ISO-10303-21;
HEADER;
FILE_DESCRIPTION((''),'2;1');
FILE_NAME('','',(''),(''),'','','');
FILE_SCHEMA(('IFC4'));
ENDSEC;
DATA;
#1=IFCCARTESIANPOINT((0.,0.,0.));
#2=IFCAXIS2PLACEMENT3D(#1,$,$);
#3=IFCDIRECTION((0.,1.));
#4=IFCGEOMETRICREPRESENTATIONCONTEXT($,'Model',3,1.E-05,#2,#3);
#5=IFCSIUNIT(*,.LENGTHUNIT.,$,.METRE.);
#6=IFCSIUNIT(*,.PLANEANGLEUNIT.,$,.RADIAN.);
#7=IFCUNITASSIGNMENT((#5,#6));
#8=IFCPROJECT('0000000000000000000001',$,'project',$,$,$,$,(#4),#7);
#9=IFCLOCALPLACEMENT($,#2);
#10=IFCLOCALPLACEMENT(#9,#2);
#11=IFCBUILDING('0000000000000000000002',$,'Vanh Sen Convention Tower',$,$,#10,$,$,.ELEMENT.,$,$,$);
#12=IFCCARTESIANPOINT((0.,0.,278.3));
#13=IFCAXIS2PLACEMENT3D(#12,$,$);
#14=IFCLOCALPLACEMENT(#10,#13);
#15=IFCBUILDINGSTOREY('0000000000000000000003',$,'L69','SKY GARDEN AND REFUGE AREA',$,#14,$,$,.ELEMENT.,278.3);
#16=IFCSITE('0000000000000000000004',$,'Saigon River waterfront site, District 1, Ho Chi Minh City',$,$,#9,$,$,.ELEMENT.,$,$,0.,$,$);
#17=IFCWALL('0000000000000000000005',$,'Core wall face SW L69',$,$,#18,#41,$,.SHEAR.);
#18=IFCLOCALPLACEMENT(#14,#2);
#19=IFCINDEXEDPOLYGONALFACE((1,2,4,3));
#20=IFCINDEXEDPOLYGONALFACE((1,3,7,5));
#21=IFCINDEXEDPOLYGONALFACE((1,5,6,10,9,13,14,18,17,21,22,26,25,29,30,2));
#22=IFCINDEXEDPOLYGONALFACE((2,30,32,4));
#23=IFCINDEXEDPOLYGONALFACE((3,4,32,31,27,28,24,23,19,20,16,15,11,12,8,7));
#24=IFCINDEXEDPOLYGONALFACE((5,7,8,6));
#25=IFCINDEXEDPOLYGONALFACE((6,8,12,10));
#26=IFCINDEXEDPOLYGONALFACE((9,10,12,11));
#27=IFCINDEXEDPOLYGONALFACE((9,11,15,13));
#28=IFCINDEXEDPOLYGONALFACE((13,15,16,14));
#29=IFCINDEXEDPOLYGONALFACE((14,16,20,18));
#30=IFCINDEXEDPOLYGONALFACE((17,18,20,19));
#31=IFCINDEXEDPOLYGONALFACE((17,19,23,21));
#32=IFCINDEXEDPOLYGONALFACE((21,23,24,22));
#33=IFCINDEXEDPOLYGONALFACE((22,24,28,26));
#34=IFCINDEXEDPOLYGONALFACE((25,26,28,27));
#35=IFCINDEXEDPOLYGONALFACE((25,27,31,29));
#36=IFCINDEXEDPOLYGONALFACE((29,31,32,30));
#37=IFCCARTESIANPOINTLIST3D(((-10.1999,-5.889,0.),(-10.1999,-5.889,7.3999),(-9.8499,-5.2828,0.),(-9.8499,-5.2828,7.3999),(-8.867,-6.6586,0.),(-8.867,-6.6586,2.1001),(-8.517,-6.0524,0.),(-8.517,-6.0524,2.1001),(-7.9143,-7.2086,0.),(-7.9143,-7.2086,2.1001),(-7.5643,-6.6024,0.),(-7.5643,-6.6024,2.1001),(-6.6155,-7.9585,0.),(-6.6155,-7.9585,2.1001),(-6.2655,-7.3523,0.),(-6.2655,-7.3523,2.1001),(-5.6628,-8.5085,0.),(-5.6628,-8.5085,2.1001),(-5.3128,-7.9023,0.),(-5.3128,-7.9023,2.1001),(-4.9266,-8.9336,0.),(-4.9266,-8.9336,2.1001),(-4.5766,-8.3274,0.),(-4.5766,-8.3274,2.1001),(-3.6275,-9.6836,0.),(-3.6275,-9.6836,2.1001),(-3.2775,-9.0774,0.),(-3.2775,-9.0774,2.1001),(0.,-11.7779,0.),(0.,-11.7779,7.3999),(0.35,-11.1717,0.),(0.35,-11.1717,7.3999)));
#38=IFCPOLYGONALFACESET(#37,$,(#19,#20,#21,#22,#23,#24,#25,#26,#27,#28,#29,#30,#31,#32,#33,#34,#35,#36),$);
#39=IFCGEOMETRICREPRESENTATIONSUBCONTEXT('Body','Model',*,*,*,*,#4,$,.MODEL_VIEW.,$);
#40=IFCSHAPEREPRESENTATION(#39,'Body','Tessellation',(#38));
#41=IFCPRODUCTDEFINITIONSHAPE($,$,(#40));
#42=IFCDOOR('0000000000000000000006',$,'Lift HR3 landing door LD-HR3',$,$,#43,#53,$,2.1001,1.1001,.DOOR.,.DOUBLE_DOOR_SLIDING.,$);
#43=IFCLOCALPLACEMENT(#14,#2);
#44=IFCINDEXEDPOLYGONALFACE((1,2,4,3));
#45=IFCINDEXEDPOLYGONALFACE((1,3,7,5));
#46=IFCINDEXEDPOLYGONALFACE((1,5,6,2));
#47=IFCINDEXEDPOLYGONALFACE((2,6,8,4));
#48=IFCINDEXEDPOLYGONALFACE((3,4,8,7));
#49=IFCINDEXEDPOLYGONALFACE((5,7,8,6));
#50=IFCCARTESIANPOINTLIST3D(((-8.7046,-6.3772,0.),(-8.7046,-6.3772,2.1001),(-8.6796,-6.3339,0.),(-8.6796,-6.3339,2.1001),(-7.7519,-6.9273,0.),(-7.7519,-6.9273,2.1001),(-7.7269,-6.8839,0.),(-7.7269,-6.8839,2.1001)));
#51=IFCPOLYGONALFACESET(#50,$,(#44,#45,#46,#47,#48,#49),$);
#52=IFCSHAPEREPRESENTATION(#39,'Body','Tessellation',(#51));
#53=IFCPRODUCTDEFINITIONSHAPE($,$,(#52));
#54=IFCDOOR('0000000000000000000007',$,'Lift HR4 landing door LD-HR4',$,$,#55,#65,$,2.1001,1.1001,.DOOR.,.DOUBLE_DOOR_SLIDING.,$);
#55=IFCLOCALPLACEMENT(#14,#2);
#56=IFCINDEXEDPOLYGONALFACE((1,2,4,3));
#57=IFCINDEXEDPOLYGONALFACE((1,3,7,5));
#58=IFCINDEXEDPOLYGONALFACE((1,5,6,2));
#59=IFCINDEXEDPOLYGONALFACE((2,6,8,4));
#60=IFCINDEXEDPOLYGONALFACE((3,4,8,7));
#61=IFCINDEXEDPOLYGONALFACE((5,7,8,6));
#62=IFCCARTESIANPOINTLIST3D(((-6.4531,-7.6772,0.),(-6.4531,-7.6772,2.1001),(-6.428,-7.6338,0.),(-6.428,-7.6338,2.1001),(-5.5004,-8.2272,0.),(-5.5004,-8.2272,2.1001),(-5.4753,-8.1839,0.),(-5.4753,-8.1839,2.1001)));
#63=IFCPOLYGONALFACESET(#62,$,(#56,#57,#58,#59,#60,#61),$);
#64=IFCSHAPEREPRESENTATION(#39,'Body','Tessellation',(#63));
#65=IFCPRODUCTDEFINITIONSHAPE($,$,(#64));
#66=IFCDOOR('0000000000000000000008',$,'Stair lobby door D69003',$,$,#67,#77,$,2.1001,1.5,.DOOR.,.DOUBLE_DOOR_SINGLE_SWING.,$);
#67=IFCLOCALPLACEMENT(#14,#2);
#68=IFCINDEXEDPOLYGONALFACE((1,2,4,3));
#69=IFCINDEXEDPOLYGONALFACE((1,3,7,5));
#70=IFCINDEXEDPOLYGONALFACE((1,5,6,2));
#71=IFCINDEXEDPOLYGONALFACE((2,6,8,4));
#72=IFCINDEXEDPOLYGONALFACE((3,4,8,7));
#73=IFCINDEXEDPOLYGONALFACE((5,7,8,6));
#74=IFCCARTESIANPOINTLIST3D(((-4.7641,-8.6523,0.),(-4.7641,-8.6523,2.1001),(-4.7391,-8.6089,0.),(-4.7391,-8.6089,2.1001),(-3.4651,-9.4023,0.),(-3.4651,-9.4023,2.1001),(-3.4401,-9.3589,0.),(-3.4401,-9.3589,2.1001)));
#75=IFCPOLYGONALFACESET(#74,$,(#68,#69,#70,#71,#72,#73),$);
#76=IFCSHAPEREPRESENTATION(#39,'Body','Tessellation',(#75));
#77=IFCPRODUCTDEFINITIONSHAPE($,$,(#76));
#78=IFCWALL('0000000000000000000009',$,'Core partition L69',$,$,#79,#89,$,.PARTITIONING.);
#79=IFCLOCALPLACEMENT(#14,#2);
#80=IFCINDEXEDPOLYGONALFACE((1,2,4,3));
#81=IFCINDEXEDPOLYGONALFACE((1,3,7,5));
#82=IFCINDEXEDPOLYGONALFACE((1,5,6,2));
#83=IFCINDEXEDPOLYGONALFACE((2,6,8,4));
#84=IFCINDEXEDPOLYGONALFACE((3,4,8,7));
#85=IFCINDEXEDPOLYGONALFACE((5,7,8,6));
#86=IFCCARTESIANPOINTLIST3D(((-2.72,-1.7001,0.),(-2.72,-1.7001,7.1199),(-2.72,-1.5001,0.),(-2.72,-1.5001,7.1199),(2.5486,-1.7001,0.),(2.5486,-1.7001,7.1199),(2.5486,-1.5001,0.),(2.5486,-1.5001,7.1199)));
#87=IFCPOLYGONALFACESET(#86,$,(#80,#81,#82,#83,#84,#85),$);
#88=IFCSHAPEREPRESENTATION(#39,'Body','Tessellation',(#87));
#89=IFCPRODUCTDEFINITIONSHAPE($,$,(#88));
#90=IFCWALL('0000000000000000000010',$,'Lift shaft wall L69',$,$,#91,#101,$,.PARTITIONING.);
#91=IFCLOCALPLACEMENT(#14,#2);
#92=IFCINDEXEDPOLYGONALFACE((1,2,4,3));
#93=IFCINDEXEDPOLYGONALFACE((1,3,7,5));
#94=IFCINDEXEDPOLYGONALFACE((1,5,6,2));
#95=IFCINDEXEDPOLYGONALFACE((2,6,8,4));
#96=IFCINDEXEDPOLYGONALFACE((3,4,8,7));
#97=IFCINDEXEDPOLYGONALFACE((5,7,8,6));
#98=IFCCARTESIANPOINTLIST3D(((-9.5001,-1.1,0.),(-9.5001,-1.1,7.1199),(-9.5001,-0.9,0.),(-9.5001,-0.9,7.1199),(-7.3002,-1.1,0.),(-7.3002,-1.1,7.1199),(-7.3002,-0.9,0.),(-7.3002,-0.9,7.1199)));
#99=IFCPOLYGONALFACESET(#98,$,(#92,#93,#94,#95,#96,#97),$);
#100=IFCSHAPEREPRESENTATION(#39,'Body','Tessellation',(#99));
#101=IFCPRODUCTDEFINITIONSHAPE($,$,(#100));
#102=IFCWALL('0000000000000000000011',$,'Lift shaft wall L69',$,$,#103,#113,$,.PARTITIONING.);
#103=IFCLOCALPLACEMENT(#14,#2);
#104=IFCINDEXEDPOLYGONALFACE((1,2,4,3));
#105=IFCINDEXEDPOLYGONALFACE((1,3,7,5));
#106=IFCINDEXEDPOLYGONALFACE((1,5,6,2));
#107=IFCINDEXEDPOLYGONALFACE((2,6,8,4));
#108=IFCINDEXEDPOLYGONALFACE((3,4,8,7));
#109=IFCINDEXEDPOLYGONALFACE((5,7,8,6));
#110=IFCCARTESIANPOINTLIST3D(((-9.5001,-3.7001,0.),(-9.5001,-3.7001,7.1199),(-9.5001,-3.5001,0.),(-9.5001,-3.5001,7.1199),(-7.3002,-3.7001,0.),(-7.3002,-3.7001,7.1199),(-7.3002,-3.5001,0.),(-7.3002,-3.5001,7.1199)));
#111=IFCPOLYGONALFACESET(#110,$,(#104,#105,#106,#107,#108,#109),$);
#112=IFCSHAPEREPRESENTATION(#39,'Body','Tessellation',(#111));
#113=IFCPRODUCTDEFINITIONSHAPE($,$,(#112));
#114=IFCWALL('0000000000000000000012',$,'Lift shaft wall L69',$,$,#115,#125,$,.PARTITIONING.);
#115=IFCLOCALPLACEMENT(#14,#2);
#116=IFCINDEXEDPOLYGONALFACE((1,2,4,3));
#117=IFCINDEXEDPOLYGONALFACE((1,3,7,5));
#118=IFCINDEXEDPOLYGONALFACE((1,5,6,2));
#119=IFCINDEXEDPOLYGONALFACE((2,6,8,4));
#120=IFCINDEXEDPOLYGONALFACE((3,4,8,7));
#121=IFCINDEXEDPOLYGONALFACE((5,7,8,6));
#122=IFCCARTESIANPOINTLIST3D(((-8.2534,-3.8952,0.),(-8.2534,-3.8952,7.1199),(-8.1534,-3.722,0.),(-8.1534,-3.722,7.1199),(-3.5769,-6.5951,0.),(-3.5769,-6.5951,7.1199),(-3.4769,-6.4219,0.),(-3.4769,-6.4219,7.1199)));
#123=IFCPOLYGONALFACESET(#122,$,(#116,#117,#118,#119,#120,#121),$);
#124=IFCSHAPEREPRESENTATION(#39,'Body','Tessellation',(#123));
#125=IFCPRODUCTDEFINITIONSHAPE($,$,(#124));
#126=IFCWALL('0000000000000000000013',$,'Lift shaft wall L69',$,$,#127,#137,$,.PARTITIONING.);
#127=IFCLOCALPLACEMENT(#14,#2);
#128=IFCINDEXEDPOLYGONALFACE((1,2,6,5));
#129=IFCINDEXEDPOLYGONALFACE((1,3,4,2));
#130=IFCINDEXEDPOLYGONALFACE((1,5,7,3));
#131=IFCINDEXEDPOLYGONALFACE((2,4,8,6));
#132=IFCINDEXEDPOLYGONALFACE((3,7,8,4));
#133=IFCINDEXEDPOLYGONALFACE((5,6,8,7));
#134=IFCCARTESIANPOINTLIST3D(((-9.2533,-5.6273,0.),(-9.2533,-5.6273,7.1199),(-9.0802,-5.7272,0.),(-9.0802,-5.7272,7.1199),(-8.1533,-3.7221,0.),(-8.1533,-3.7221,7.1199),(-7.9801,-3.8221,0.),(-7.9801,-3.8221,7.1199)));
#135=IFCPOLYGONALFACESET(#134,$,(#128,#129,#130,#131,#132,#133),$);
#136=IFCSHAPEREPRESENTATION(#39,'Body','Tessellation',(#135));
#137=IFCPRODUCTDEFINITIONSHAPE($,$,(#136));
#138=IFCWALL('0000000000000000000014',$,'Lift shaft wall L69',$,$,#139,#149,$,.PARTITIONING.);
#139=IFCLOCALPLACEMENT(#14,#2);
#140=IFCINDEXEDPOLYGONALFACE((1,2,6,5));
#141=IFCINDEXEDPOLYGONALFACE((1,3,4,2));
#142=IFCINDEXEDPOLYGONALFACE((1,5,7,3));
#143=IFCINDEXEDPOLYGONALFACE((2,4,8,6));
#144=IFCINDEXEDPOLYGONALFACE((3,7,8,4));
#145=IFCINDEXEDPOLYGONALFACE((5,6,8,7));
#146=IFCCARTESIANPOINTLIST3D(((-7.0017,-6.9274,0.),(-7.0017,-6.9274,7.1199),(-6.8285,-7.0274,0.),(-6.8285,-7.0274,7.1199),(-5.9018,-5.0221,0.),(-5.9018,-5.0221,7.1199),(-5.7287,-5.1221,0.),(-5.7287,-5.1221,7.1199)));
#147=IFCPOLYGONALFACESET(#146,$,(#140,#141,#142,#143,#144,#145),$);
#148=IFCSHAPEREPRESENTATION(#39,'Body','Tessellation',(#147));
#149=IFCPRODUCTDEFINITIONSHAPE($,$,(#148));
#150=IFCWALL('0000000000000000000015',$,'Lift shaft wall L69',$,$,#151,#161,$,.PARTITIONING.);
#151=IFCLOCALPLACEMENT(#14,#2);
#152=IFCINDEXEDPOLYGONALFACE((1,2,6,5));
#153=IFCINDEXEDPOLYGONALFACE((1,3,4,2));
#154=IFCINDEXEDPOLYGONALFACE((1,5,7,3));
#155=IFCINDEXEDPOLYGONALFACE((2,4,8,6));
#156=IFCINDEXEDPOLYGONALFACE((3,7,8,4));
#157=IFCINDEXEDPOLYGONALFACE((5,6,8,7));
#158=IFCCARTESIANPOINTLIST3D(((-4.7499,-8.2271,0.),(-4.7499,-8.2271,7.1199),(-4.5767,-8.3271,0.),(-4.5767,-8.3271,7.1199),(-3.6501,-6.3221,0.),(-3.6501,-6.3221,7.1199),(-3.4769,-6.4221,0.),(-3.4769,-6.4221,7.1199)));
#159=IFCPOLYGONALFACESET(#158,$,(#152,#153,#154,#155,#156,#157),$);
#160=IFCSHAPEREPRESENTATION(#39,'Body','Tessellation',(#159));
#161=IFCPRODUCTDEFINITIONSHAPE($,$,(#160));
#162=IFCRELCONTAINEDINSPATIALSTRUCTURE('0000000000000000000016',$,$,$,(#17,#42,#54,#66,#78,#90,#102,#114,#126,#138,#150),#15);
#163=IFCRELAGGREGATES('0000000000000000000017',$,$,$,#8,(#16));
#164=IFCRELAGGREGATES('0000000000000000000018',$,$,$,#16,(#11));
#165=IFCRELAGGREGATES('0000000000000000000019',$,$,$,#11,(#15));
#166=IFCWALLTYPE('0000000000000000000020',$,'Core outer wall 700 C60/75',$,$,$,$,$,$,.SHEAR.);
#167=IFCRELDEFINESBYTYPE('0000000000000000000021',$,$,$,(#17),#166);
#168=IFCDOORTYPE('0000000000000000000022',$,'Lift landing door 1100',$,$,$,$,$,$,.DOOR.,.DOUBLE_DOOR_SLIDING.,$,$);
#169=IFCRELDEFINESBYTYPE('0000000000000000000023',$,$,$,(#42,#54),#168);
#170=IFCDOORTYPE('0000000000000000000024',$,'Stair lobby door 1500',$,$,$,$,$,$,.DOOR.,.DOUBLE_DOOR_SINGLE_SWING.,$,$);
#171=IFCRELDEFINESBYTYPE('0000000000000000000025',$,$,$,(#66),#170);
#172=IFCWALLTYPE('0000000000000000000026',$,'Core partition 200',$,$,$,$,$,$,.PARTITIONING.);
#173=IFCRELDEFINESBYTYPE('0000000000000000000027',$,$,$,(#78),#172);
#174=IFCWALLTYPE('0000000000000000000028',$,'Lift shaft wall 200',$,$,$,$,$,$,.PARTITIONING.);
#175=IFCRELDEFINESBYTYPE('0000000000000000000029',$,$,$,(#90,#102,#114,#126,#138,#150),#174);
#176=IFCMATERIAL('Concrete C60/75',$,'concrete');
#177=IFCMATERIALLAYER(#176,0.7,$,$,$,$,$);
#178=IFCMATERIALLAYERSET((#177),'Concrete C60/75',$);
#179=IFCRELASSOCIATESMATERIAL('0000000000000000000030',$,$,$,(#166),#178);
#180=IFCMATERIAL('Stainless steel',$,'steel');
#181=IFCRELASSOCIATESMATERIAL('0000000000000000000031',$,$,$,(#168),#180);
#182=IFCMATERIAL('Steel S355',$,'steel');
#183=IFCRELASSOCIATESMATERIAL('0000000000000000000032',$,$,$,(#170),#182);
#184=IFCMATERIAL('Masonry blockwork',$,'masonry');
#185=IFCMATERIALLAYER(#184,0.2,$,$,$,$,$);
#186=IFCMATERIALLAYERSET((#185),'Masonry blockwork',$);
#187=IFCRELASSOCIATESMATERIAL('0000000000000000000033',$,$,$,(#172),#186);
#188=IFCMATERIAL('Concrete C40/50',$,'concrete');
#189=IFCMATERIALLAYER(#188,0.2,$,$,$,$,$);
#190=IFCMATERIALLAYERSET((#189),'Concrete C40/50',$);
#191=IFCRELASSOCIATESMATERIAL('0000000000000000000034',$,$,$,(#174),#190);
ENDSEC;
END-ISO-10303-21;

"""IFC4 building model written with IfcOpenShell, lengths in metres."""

from ifc_helpers import new_model, si_unit, direction, frame, frame_2d, origin, place, context, subcontext, project, spatial, rectangle, extrude, material, layer, layer_set, type_object, element, fill, save


model = new_model("IFC4")

# Units and contexts
model_context = context("Model", 3, precision=1e-05, world=origin(), true_north=direction((0.0, 1.0)))
body_context = subcontext(model_context, "Body", "Model", "MODEL_VIEW")
ifc_project = project(units=[si_unit("LENGTHUNIT", "METRE"), si_unit("PLANEANGLEUNIT", "RADIAN")], contexts=[model_context])

# Site, building, storey
site_placement = place(None, origin())
site = spatial("IfcSite", under=ifc_project, at=site_placement, Name="Saigon River waterfront site, District 1, Ho Chi Minh City", CompositionType="ELEMENT", RefElevation=0.0)
building_placement = place(site_placement, origin())
building = spatial("IfcBuilding", under=site, at=building_placement, Name="Vanh Sen Convention Tower", CompositionType="ELEMENT")
storey_placement = place(building_placement, frame((0.0, 0.0, 278.3)))
storey = spatial("IfcBuildingStorey", under=building, at=storey_placement, Name="L69", Description="SKY GARDEN AND REFUGE AREA", CompositionType="ELEMENT", Elevation=278.3)

# Shared definitions
ifc_material_1 = material(Name="Concrete C40/50", Category="concrete")

# Wall, openings, doors
ifc_material_2 = material(Name="Concrete C60/75", Category="concrete")
ifc_layer_1 = layer(ifc_material_2, 0.7)
ifc_layer_set_1 = layer_set([ifc_layer_1], Name="Concrete C60/75")
wall_type_1 = type_object("IfcWallType", Name="Core outer wall 700 C60/75", PredefinedType="SHEAR", material=ifc_layer_set_1)
wall_1_placement = place(storey_placement, frame((-10.0249, -5.5859, 0.0), z_axis=(0.0, 0.0, 1.0), x_axis=(0.866026, -0.499998, 0.0)))
wall_1 = element("IfcWall", 1, at=wall_1_placement, inside=storey, type_object=wall_type_1, Name="Core wall face SW L69", PredefinedType="SHEAR", context=body_context, shape_type="SweptSolid", body=[
    extrude(rectangle(XDim=11.7778, YDim=0.7, at=frame_2d((5.8889, 0.0))), origin(), (0.0, 0.0, 1.0), 7.3999),
])
opening_1_placement = place(wall_1_placement, frame((6.0891, 0.0, 0.0)))
opening_1 = element("IfcOpeningElement", 2, at=opening_1_placement, cuts=wall_1, PredefinedType="OPENING", context=body_context, shape_type="SweptSolid", body=[
    extrude(rectangle(XDim=1.5, YDim=2.1001, at=frame_2d((0.75, 1.05))), frame((0.0, 0.3599, 0.0), z_axis=(0.0, -1.0, 0.0), x_axis=(1.0, 0.0, 0.0)), (0.0, 0.0, 1.0), 0.72),
])
opening_2_placement = place(wall_1_placement, frame((1.5391, 0.0, 0.0)))
opening_2 = element("IfcOpeningElement", 3, at=opening_2_placement, cuts=wall_1, PredefinedType="OPENING", context=body_context, shape_type="SweptSolid", body=[
    extrude(rectangle(XDim=1.1001, YDim=2.1001, at=frame_2d((0.55, 1.05))), frame((0.0, 0.3599, 0.0), z_axis=(0.0, -1.0, 0.0), x_axis=(1.0, 0.0, 0.0)), (0.0, 0.0, 1.0), 0.72),
])
opening_3_placement = place(wall_1_placement, frame((4.1389, 0.0, 0.0)))
opening_3 = element("IfcOpeningElement", 4, at=opening_3_placement, cuts=wall_1, PredefinedType="OPENING", context=body_context, shape_type="SweptSolid", body=[
    extrude(rectangle(XDim=1.1001, YDim=2.1001, at=frame_2d((0.55, 1.05))), frame((0.0, 0.3599, 0.0), z_axis=(0.0, -1.0, 0.0), x_axis=(1.0, 0.0, 0.0)), (0.0, 0.0, 1.0), 0.72),
])
ifc_material_3 = material(Name="Stainless steel", Category="steel")
door_type_1 = type_object("IfcDoorType", Name="Lift landing door 1100", OperationType="DOUBLE_DOOR_SLIDING", PredefinedType="DOOR", material=ifc_material_3)
door_1_placement = place(opening_2_placement, origin())
door_1 = element("IfcDoor", 5, at=door_1_placement, inside=storey, type_object=door_type_1, Name="Lift HR3 landing door LD-HR3", OperationType="DOUBLE_DOOR_SLIDING", OverallHeight=2.1001, OverallWidth=1.1001, PredefinedType="DOOR", context=body_context, shape_type="SweptSolid", body=[
    extrude(rectangle(XDim=1.1001, YDim=2.1001, at=frame_2d((0.55, 1.05))), frame((0.0, 0.0249, 0.0), z_axis=(0.0, -1.0, 0.0), x_axis=(1.0, 0.0, 0.0)), (0.0, 0.0, 1.0), 0.05),
])
fill(opening_2, door_1)
door_2_placement = place(opening_3_placement, origin())
door_2 = element("IfcDoor", 6, at=door_2_placement, inside=storey, type_object=door_type_1, Name="Lift HR4 landing door LD-HR4", OperationType="DOUBLE_DOOR_SLIDING", OverallHeight=2.1001, OverallWidth=1.1001, PredefinedType="DOOR", context=body_context, shape_type="SweptSolid", body=[
    extrude(rectangle(XDim=1.1001, YDim=2.1001, at=frame_2d((0.55, 1.05))), frame((0.0, 0.0249, 0.0), z_axis=(0.0, -1.0, 0.0), x_axis=(1.0, 0.0, 0.0)), (0.0, 0.0, 1.0), 0.05),
])
fill(opening_3, door_2)
ifc_material_4 = material(Name="Steel S355", Category="steel")
door_type_2 = type_object("IfcDoorType", Name="Stair lobby door 1500", OperationType="DOUBLE_DOOR_SINGLE_SWING", PredefinedType="DOOR", material=ifc_material_4)
door_3_placement = place(opening_1_placement, origin())
door_3 = element("IfcDoor", 7, at=door_3_placement, inside=storey, type_object=door_type_2, Name="Stair lobby door D69003", OperationType="DOUBLE_DOOR_SINGLE_SWING", OverallHeight=2.1001, OverallWidth=1.5, PredefinedType="DOOR", context=body_context, shape_type="SweptSolid", body=[
    extrude(rectangle(XDim=1.5, YDim=2.1001, at=frame_2d((0.75, 1.05))), frame((0.0, 0.0249, 0.0), z_axis=(0.0, -1.0, 0.0), x_axis=(1.0, 0.0, 0.0)), (0.0, 0.0, 1.0), 0.05),
])
fill(opening_1, door_3)

# Walls
ifc_material_5 = material(Name="Masonry blockwork", Category="masonry")
ifc_layer_2 = layer(ifc_material_5, 0.2)
ifc_layer_set_2 = layer_set([ifc_layer_2], Name="Masonry blockwork")
wall_type_2 = type_object("IfcWallType", Name="Core partition 200", PredefinedType="PARTITIONING", material=ifc_layer_set_2)
wall_2_placement = place(storey_placement, frame((-2.72, -1.6001, 0.0), z_axis=(0.0, 0.0, 1.0), x_axis=(1.0, 0.0, 0.0)))
element("IfcWall", 8, at=wall_2_placement, inside=storey, type_object=wall_type_2, Name="Core partition L69", PredefinedType="PARTITIONING", context=body_context, shape_type="SweptSolid", body=[
    extrude(rectangle(XDim=5.2686, YDim=0.2, at=frame_2d((2.6343, 0.0))), origin(), (0.0, 0.0, 1.0), 7.1199),
])
ifc_layer_3 = layer(ifc_material_1, 0.2)
ifc_layer_set_3 = layer_set([ifc_layer_3], Name="Concrete C40/50")
wall_type_3 = type_object("IfcWallType", Name="Lift shaft wall 200", PredefinedType="PARTITIONING", material=ifc_layer_set_3)
for number, where, z_axis, x_axis, name in (
    (9, (-7.3, -1.0, 0.0), (0.0, 0.0, 1.0), (-1.0, 0.0, 0.0), "Lift shaft wall L69"),
    (10, (-7.3, -3.6001, 0.0), (0.0, 0.0, 1.0), (-1.0, 0.0, 0.0), "Lift shaft wall L69"),
):
    element("IfcWall", number, at=place(storey_placement, frame(where, z_axis=z_axis, x_axis=x_axis)), inside=storey, type_object=wall_type_3, Name=name, PredefinedType="PARTITIONING", context=body_context, shape_type="SweptSolid", body=[
        extrude(rectangle(XDim=2.2, YDim=0.2, at=frame_2d((1.1001, 0.0))), origin(), (0.0, 0.0, 1.0), 7.1199),
    ])
wall_3_placement = place(storey_placement, frame((-8.2034, -3.8086, 0.0), z_axis=(0.0, 0.0, 1.0), x_axis=(0.866028, -0.499995, 0.0)))
element("IfcWall", 11, at=wall_3_placement, inside=storey, type_object=wall_type_3, Name="Lift shaft wall L69", PredefinedType="PARTITIONING", context=body_context, shape_type="SweptSolid", body=[
    extrude(rectangle(XDim=5.3999, YDim=0.2, at=frame_2d((2.7, 0.0))), origin(), (0.0, 0.0, 1.0), 7.1199),
])
for number, where, z_axis, x_axis, name in (
    (12, (-8.0667, -3.772, 0.0), (0.0, 0.0, 1.0), (-0.50003, -0.866008, 0.0), "Lift shaft wall L69"),
    (13, (-5.8152, -5.072, 0.0), (0.0, 0.0, 1.0), (-0.499947, -0.866056, 0.0), "Lift shaft wall L69"),
):
    element("IfcWall", number, at=place(storey_placement, frame(where, z_axis=z_axis, x_axis=x_axis)), inside=storey, type_object=wall_type_3, Name=name, PredefinedType="PARTITIONING", context=body_context, shape_type="SweptSolid", body=[
        extrude(rectangle(XDim=2.2, YDim=0.2, at=frame_2d((1.1001, 0.0))), origin(), (0.0, 0.0, 1.0), 7.1199),
    ])
wall_4_placement = place(storey_placement, frame((-3.5635, -6.3721, 0.0), z_axis=(0.0, 0.0, 1.0), x_axis=(-0.499995, -0.866028, 0.0)))
element("IfcWall", 14, at=wall_4_placement, inside=storey, type_object=wall_type_3, Name="Lift shaft wall L69", PredefinedType="PARTITIONING", context=body_context, shape_type="SweptSolid", body=[
    extrude(rectangle(XDim=2.1997, YDim=0.2, at=frame_2d((1.0999, 0.0))), origin(), (0.0, 0.0, 1.0), 7.1199),
])

save(model, "model.ifc")
